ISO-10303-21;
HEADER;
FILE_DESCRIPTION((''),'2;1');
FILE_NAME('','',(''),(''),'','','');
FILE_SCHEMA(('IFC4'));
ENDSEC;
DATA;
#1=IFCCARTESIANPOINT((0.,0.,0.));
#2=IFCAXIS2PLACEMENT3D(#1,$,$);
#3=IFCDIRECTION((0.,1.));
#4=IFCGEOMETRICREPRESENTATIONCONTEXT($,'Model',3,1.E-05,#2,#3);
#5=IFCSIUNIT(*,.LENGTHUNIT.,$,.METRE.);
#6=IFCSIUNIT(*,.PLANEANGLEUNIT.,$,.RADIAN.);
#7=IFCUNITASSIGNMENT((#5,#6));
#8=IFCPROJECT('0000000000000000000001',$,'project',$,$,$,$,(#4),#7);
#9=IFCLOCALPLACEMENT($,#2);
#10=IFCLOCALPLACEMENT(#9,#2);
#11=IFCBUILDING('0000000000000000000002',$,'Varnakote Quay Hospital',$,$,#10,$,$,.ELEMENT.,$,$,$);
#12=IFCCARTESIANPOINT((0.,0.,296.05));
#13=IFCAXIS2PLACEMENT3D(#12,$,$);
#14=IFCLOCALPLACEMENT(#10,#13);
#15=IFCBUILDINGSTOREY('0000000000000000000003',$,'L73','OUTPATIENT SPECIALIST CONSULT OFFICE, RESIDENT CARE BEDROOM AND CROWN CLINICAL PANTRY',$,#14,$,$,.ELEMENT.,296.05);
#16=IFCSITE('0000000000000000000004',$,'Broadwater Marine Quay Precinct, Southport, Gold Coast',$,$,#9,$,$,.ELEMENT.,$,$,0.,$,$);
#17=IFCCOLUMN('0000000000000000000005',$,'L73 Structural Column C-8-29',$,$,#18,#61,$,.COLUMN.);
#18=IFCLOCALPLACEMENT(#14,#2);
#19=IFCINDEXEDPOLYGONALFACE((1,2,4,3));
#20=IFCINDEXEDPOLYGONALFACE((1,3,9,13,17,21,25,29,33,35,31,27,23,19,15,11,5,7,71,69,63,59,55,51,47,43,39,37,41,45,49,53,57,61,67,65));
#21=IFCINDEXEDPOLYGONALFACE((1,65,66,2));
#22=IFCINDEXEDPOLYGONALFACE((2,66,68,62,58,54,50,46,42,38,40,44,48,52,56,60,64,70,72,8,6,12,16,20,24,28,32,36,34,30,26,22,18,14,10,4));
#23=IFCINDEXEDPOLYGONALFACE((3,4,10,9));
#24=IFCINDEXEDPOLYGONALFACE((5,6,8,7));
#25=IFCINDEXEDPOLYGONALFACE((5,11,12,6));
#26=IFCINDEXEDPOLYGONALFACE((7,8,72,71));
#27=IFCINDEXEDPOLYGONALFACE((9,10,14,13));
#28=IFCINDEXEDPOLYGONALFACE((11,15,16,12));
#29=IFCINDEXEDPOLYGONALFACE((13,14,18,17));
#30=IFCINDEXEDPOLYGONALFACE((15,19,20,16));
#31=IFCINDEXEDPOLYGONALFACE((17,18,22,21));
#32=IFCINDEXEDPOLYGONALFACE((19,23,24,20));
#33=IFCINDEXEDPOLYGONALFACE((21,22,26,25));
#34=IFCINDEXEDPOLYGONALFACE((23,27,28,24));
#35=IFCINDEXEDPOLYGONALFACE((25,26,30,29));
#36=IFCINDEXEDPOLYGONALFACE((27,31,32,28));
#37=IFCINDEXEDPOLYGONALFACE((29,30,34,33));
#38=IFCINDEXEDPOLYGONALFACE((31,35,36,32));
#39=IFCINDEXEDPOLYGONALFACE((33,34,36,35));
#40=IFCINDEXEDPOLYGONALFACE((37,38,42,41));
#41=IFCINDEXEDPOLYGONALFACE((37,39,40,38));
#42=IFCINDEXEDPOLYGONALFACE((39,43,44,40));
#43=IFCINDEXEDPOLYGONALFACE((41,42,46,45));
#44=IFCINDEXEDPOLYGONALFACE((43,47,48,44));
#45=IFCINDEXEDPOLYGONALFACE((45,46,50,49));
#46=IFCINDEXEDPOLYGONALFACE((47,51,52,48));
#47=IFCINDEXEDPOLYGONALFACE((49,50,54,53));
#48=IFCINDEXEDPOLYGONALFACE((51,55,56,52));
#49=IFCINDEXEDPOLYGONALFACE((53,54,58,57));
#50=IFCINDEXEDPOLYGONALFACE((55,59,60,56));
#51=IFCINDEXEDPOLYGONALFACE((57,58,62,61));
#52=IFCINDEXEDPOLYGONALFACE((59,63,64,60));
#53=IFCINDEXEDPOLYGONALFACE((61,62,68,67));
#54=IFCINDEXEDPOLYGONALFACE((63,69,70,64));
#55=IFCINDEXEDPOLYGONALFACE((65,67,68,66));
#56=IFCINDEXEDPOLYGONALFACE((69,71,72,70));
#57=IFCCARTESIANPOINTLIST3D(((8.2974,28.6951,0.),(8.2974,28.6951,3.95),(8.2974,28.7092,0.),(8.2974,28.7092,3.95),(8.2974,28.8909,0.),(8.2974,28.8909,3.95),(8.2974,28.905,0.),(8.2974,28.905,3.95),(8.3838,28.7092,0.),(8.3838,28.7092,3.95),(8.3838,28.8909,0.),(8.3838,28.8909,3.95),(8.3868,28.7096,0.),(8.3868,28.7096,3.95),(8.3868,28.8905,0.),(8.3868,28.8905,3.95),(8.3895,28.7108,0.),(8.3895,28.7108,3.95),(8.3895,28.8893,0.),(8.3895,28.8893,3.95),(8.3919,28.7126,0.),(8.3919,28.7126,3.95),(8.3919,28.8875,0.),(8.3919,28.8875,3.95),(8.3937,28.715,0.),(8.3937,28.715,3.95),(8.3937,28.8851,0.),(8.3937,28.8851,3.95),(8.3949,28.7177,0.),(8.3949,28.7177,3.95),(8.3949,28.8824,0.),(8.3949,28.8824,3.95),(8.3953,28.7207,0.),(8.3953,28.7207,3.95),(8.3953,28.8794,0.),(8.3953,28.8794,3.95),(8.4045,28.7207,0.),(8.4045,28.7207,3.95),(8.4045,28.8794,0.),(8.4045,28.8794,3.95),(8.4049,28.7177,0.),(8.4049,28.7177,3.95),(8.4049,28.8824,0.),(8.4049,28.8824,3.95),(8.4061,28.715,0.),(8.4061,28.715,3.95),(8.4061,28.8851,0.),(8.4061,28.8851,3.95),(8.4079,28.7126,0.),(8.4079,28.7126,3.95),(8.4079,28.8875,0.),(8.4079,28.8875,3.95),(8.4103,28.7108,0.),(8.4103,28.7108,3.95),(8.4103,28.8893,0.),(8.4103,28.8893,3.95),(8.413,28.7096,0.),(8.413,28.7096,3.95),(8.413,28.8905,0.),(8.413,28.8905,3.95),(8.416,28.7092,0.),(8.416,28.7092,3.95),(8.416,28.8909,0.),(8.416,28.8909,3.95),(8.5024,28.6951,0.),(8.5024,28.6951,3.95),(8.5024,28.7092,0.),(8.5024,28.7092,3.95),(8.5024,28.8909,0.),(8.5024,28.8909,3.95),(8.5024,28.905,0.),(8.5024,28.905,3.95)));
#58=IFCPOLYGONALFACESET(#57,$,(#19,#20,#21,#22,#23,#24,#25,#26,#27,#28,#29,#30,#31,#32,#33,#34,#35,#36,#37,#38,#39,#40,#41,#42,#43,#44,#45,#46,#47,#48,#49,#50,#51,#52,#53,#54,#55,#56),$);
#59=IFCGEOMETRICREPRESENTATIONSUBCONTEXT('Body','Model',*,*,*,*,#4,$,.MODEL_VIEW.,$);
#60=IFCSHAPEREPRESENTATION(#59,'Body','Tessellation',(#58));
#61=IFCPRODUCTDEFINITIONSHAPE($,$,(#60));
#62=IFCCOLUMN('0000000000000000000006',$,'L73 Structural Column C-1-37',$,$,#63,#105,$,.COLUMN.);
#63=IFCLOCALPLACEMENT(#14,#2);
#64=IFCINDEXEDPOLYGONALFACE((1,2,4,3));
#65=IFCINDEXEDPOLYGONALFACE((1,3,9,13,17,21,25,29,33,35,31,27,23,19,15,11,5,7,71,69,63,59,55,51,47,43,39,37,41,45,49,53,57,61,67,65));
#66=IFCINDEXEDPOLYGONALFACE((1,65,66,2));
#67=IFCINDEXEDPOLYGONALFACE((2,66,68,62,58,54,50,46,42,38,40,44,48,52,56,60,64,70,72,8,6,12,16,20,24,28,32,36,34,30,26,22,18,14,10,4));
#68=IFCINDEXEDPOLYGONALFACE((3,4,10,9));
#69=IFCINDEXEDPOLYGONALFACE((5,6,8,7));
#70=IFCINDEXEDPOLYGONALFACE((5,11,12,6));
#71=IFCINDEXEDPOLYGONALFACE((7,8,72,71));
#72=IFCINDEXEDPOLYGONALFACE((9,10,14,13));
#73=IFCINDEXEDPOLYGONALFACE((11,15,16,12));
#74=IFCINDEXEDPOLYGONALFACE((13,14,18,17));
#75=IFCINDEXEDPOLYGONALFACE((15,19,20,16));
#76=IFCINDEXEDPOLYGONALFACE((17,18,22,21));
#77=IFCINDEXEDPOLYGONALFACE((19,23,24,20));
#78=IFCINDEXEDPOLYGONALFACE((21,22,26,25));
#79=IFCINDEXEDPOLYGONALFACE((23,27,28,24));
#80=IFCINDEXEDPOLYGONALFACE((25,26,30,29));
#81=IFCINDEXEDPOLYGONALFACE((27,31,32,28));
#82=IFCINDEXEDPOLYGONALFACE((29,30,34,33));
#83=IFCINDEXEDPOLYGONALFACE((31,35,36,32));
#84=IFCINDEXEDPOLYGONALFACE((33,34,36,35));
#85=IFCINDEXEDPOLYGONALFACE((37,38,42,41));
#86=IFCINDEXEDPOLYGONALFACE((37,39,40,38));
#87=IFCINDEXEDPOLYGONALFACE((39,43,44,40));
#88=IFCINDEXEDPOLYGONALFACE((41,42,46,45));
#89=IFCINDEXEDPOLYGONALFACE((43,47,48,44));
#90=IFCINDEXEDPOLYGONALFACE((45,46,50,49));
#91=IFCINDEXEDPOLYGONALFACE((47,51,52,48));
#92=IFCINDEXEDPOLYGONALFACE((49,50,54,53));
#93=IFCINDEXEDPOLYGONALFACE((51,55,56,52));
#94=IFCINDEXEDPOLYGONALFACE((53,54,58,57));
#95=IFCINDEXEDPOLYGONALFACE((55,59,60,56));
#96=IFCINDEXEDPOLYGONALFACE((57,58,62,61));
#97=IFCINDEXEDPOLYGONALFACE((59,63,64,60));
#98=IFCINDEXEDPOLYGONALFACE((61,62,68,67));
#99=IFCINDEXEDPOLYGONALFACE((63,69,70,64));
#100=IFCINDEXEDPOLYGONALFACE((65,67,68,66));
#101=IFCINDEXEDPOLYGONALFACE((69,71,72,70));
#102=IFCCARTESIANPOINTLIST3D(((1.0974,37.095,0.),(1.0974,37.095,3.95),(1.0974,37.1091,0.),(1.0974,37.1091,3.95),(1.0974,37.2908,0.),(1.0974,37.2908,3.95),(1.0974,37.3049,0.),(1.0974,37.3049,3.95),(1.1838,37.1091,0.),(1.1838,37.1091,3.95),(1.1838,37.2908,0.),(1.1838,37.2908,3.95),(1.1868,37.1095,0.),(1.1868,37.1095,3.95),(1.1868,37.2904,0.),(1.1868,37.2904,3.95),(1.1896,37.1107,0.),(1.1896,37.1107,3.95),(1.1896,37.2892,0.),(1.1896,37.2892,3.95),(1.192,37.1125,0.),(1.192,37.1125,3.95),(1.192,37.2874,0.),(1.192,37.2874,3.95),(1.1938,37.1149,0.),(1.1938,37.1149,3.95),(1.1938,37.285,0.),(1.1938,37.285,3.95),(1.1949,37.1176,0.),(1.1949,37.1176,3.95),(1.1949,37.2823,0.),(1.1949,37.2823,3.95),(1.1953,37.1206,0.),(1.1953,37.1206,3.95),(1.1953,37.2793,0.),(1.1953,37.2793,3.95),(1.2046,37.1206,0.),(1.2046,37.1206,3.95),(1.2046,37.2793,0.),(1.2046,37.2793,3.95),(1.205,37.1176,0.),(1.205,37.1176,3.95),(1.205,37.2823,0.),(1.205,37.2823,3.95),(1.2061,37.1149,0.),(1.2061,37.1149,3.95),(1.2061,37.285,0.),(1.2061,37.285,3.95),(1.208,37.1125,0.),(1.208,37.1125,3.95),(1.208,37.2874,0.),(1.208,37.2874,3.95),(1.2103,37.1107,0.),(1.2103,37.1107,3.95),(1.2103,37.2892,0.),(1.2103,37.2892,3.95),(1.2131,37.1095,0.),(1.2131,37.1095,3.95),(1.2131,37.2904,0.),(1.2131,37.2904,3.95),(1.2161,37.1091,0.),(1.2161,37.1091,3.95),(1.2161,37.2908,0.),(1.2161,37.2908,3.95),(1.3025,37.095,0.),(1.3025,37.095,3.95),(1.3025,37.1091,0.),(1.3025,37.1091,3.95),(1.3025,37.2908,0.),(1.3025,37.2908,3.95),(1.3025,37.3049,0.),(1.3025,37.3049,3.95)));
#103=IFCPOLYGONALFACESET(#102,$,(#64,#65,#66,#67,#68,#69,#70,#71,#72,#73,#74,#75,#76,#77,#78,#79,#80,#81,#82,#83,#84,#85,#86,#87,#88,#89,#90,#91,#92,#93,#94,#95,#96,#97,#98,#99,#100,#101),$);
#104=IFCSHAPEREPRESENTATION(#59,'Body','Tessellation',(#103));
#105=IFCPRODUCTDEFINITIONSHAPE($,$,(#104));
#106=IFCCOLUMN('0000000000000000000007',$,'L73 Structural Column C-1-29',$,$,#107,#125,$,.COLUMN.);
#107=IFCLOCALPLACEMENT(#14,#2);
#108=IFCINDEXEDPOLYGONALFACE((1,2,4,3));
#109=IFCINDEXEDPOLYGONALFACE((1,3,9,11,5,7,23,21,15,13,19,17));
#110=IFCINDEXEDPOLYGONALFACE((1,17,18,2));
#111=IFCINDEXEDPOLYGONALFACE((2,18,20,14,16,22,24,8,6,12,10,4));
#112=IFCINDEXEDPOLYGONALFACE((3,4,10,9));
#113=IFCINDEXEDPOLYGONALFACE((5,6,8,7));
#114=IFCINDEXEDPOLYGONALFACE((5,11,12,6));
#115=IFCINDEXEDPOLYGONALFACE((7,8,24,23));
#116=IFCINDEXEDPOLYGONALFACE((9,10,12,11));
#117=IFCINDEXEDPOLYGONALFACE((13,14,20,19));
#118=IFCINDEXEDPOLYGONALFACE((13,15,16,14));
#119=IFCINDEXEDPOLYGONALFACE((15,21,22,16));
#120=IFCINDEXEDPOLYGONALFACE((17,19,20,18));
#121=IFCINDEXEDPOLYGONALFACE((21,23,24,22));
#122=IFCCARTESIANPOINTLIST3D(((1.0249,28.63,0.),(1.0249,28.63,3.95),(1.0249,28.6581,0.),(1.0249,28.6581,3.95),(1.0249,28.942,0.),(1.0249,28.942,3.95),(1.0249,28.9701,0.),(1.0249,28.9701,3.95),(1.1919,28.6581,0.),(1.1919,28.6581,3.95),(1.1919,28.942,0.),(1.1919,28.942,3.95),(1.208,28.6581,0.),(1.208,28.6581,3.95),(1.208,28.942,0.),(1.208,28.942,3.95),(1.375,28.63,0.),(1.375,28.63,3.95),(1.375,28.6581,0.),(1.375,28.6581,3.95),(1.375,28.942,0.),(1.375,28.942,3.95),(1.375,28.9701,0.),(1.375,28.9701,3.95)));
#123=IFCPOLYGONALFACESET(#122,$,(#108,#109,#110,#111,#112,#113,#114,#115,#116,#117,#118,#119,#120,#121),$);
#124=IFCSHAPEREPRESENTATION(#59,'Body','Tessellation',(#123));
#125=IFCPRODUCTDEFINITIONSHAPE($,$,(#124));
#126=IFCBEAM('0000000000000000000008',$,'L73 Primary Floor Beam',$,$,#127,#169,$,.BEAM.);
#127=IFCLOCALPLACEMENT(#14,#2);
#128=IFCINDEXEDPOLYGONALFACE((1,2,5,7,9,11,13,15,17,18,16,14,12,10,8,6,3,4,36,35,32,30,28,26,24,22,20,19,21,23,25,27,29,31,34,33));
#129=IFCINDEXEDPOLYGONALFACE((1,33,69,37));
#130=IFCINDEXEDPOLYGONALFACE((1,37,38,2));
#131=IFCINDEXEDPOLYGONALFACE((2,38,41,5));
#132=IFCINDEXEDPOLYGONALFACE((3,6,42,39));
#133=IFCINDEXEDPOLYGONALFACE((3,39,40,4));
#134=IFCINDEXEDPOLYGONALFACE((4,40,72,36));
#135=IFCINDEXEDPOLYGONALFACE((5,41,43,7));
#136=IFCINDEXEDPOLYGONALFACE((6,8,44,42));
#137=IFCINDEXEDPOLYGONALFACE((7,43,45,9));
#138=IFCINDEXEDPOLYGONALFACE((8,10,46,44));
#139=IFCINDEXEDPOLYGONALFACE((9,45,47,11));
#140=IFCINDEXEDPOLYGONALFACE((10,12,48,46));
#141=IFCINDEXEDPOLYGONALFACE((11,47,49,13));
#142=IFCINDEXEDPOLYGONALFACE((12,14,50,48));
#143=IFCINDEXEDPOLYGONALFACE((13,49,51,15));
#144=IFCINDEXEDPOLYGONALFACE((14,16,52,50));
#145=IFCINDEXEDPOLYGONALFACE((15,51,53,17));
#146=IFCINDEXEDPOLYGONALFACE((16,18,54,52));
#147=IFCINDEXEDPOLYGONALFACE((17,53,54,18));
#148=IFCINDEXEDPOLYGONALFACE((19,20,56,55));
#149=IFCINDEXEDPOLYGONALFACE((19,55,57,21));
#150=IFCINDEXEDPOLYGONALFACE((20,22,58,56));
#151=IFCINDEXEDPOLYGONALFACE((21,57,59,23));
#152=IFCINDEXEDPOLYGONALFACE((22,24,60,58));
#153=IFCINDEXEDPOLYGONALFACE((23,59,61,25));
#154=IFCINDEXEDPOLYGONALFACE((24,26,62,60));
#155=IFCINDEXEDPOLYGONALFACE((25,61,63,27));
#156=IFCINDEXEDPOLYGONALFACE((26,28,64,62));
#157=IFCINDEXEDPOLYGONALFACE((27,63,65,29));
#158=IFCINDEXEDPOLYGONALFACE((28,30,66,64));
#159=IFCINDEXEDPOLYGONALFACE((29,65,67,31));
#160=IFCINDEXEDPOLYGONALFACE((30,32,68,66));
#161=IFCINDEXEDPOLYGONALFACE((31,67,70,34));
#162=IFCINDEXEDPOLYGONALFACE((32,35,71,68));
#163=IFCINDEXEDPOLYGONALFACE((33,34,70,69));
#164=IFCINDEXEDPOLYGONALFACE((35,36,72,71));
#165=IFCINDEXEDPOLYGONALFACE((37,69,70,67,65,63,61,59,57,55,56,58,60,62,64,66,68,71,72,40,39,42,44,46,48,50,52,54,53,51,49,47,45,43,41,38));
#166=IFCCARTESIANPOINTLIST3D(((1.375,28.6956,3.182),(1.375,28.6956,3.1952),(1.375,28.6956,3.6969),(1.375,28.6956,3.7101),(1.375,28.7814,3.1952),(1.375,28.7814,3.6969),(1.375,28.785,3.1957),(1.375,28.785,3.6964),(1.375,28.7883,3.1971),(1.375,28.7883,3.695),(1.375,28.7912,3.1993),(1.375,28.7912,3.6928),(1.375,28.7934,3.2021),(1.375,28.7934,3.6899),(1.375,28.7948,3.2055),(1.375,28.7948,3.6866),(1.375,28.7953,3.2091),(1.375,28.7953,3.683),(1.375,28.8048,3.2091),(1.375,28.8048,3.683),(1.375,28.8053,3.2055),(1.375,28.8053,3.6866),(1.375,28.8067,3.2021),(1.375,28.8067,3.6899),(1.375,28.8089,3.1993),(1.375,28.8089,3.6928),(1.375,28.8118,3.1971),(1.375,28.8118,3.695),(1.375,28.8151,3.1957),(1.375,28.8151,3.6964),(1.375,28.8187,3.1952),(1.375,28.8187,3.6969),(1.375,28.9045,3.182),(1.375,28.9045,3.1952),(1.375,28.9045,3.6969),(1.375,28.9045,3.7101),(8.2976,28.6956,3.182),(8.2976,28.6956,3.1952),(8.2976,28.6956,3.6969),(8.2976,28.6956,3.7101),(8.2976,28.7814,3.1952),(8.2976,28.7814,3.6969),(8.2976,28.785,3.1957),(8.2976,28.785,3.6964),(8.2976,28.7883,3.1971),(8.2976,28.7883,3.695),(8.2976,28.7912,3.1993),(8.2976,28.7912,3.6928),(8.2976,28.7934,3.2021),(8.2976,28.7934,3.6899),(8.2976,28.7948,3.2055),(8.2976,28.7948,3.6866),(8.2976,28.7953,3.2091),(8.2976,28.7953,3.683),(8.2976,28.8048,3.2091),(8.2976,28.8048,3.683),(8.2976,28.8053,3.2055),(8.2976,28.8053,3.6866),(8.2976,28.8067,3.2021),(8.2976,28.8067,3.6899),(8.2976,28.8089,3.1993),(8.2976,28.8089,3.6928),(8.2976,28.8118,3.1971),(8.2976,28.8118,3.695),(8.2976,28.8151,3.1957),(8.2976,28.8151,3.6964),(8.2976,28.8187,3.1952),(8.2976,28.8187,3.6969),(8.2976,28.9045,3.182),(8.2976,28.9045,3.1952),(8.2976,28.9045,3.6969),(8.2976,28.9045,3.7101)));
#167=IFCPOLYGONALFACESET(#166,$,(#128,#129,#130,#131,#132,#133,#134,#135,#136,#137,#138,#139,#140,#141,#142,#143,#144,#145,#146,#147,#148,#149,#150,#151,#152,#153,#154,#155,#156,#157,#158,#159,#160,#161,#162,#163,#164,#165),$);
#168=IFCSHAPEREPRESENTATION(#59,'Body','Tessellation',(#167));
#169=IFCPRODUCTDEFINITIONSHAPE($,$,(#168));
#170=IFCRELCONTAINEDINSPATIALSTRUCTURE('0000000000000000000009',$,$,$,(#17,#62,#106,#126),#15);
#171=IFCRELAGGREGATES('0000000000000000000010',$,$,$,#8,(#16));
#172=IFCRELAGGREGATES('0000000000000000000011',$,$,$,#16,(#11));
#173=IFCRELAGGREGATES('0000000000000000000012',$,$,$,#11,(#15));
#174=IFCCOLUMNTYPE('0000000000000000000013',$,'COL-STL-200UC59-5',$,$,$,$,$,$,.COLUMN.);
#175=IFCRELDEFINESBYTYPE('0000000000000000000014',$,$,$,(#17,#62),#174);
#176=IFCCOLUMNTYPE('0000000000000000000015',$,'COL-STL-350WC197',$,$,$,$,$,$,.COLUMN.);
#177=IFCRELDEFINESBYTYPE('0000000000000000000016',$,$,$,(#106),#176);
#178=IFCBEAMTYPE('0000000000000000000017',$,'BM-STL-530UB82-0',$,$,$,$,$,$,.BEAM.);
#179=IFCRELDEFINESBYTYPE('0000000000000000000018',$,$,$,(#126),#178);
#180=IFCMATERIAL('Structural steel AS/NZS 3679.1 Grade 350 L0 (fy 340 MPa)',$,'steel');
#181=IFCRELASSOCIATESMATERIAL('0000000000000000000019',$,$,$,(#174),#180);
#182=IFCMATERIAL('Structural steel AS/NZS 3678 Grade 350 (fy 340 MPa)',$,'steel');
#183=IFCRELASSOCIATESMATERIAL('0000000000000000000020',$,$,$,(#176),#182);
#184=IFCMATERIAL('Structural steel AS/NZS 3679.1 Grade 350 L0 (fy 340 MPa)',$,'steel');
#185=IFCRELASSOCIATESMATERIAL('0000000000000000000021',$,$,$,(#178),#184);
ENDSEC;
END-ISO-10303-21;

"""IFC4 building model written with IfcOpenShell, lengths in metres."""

from ifc_helpers import new_model, si_unit, direction, frame, origin, origin_2d, place, context, subcontext, project, spatial, i_section, extrude, material, material_profile, profile_set, type_object, element, save


model = new_model("IFC4")

# Units and contexts
model_context = context("Model", 3, precision=1e-05, world=origin(), true_north=direction((0.0, 1.0)))
body_context = subcontext(model_context, "Body", "Model", "MODEL_VIEW")
ifc_project = project(units=[si_unit("LENGTHUNIT", "METRE"), si_unit("PLANEANGLEUNIT", "RADIAN")], contexts=[model_context])

# Site, building, storey
site_placement = place(None, origin())
site = spatial("IfcSite", under=ifc_project, at=site_placement, Name="Broadwater Marine Quay Precinct, Southport, Gold Coast", CompositionType="ELEMENT", RefElevation=0.0)
building_placement = place(site_placement, origin())
building = spatial("IfcBuilding", under=site, at=building_placement, Name="Varnakote Quay Hospital", CompositionType="ELEMENT")
storey_placement = place(building_placement, frame((0.0, 0.0, 296.05)))
storey = spatial("IfcBuildingStorey", under=building, at=storey_placement, Name="L73", Description="OUTPATIENT SPECIALIST CONSULT OFFICE, RESIDENT CARE BEDROOM AND CROWN CLINICAL PANTRY", CompositionType="ELEMENT", Elevation=296.05)

# Columns
ifc_material_1 = material(Name="Structural steel AS/NZS 3679.1 Grade 350 L0 (fy 340 MPa)", Category="steel")
ifc_material_profile_1 = material_profile(ifc_material_1, i_section(OverallWidth=0.2051, OverallDepth=0.21, WebThickness=0.0093, FlangeThickness=0.0142, FilletRadius=0.0115, at=origin_2d()), Name="200UC59.5")
ifc_profile_set_1 = profile_set([ifc_material_profile_1], Name="Structural steel AS/NZS 3679.1 Grade 350 L0 (fy 340 MPa)")
column_type_1 = type_object("IfcColumnType", Name="COL-STL-200UC59-5", PredefinedType="COLUMN", material=ifc_profile_set_1)
for number, where, z_axis, x_axis, name in (
    (1, (8.3999, 28.8, 0.0), (0.0, 0.0, 1.0), (1.0, 0.0, 0.0), "L73 Structural Column C-8-29"),
    (2, (1.2, 37.2, 0.0), (0.0, 0.0, 1.0), (1.0, 0.0, 0.0), "L73 Structural Column C-1-37"),
):
    element("IfcColumn", number, at=place(storey_placement, frame(where, z_axis=z_axis, x_axis=x_axis)), inside=storey, type_object=column_type_1, Name=name, PredefinedType="COLUMN", context=body_context, shape_type="SweptSolid", body=[
        extrude(i_section(OverallWidth=0.2051, OverallDepth=0.21, WebThickness=0.0093, FlangeThickness=0.0142, FilletRadius=0.0115, at=origin_2d()), origin(), (0.0, 0.0, 1.0), 3.95),
    ])
ifc_material_2 = material(Name="Structural steel AS/NZS 3678 Grade 350 (fy 340 MPa)", Category="steel")
ifc_material_profile_2 = material_profile(ifc_material_2, i_section(OverallWidth=0.3501, OverallDepth=0.3401, WebThickness=0.0161, FlangeThickness=0.0281, at=origin_2d()), Name="350WC197")
ifc_profile_set_2 = profile_set([ifc_material_profile_2], Name="Structural steel AS/NZS 3678 Grade 350 (fy 340 MPa)")
column_type_2 = type_object("IfcColumnType", Name="COL-STL-350WC197", PredefinedType="COLUMN", material=ifc_profile_set_2)
column_placement = place(storey_placement, frame((1.2, 28.8, 0.0), z_axis=(0.0, 0.0, 1.0), x_axis=(1.0, 0.0, 0.0)))
element("IfcColumn", 3, at=column_placement, inside=storey, type_object=column_type_2, Name="L73 Structural Column C-1-29", PredefinedType="COLUMN", context=body_context, shape_type="SweptSolid", body=[
    extrude(i_section(OverallWidth=0.3501, OverallDepth=0.3401, WebThickness=0.0161, FlangeThickness=0.0281, at=origin_2d()), origin(), (0.0, 0.0, 1.0), 3.95),
])

# Beam
ifc_material_3 = material(Name="Structural steel AS/NZS 3679.1 Grade 350 L0 (fy 340 MPa)", Category="steel")
ifc_material_profile_3 = material_profile(ifc_material_3, i_section(OverallWidth=0.209, OverallDepth=0.5281, WebThickness=0.0095, FlangeThickness=0.0132, FilletRadius=0.0139, at=origin_2d()), Name="530UB82.0")
ifc_profile_set_3 = profile_set([ifc_material_profile_3], Name="Structural steel AS/NZS 3679.1 Grade 350 L0 (fy 340 MPa)")
beam_type_1 = type_object("IfcBeamType", Name="BM-STL-530UB82-0", PredefinedType="BEAM", material=ifc_profile_set_3)
beam_1_placement = place(storey_placement, frame((1.375, 28.8, 3.446), z_axis=(1.0, 0.0, 0.0), x_axis=(0.0, 1.0, 0.0)))
element("IfcBeam", 4, at=beam_1_placement, inside=storey, type_object=beam_type_1, Name="L73 Primary Floor Beam", PredefinedType="BEAM", context=body_context, shape_type="SweptSolid", body=[
    extrude(i_section(OverallWidth=0.209, OverallDepth=0.5281, WebThickness=0.0095, FlangeThickness=0.0132, FilletRadius=0.0139, at=origin_2d()), origin(), (0.0, 0.0, 1.0), 6.9226),
])

save(model, "model.ifc")
